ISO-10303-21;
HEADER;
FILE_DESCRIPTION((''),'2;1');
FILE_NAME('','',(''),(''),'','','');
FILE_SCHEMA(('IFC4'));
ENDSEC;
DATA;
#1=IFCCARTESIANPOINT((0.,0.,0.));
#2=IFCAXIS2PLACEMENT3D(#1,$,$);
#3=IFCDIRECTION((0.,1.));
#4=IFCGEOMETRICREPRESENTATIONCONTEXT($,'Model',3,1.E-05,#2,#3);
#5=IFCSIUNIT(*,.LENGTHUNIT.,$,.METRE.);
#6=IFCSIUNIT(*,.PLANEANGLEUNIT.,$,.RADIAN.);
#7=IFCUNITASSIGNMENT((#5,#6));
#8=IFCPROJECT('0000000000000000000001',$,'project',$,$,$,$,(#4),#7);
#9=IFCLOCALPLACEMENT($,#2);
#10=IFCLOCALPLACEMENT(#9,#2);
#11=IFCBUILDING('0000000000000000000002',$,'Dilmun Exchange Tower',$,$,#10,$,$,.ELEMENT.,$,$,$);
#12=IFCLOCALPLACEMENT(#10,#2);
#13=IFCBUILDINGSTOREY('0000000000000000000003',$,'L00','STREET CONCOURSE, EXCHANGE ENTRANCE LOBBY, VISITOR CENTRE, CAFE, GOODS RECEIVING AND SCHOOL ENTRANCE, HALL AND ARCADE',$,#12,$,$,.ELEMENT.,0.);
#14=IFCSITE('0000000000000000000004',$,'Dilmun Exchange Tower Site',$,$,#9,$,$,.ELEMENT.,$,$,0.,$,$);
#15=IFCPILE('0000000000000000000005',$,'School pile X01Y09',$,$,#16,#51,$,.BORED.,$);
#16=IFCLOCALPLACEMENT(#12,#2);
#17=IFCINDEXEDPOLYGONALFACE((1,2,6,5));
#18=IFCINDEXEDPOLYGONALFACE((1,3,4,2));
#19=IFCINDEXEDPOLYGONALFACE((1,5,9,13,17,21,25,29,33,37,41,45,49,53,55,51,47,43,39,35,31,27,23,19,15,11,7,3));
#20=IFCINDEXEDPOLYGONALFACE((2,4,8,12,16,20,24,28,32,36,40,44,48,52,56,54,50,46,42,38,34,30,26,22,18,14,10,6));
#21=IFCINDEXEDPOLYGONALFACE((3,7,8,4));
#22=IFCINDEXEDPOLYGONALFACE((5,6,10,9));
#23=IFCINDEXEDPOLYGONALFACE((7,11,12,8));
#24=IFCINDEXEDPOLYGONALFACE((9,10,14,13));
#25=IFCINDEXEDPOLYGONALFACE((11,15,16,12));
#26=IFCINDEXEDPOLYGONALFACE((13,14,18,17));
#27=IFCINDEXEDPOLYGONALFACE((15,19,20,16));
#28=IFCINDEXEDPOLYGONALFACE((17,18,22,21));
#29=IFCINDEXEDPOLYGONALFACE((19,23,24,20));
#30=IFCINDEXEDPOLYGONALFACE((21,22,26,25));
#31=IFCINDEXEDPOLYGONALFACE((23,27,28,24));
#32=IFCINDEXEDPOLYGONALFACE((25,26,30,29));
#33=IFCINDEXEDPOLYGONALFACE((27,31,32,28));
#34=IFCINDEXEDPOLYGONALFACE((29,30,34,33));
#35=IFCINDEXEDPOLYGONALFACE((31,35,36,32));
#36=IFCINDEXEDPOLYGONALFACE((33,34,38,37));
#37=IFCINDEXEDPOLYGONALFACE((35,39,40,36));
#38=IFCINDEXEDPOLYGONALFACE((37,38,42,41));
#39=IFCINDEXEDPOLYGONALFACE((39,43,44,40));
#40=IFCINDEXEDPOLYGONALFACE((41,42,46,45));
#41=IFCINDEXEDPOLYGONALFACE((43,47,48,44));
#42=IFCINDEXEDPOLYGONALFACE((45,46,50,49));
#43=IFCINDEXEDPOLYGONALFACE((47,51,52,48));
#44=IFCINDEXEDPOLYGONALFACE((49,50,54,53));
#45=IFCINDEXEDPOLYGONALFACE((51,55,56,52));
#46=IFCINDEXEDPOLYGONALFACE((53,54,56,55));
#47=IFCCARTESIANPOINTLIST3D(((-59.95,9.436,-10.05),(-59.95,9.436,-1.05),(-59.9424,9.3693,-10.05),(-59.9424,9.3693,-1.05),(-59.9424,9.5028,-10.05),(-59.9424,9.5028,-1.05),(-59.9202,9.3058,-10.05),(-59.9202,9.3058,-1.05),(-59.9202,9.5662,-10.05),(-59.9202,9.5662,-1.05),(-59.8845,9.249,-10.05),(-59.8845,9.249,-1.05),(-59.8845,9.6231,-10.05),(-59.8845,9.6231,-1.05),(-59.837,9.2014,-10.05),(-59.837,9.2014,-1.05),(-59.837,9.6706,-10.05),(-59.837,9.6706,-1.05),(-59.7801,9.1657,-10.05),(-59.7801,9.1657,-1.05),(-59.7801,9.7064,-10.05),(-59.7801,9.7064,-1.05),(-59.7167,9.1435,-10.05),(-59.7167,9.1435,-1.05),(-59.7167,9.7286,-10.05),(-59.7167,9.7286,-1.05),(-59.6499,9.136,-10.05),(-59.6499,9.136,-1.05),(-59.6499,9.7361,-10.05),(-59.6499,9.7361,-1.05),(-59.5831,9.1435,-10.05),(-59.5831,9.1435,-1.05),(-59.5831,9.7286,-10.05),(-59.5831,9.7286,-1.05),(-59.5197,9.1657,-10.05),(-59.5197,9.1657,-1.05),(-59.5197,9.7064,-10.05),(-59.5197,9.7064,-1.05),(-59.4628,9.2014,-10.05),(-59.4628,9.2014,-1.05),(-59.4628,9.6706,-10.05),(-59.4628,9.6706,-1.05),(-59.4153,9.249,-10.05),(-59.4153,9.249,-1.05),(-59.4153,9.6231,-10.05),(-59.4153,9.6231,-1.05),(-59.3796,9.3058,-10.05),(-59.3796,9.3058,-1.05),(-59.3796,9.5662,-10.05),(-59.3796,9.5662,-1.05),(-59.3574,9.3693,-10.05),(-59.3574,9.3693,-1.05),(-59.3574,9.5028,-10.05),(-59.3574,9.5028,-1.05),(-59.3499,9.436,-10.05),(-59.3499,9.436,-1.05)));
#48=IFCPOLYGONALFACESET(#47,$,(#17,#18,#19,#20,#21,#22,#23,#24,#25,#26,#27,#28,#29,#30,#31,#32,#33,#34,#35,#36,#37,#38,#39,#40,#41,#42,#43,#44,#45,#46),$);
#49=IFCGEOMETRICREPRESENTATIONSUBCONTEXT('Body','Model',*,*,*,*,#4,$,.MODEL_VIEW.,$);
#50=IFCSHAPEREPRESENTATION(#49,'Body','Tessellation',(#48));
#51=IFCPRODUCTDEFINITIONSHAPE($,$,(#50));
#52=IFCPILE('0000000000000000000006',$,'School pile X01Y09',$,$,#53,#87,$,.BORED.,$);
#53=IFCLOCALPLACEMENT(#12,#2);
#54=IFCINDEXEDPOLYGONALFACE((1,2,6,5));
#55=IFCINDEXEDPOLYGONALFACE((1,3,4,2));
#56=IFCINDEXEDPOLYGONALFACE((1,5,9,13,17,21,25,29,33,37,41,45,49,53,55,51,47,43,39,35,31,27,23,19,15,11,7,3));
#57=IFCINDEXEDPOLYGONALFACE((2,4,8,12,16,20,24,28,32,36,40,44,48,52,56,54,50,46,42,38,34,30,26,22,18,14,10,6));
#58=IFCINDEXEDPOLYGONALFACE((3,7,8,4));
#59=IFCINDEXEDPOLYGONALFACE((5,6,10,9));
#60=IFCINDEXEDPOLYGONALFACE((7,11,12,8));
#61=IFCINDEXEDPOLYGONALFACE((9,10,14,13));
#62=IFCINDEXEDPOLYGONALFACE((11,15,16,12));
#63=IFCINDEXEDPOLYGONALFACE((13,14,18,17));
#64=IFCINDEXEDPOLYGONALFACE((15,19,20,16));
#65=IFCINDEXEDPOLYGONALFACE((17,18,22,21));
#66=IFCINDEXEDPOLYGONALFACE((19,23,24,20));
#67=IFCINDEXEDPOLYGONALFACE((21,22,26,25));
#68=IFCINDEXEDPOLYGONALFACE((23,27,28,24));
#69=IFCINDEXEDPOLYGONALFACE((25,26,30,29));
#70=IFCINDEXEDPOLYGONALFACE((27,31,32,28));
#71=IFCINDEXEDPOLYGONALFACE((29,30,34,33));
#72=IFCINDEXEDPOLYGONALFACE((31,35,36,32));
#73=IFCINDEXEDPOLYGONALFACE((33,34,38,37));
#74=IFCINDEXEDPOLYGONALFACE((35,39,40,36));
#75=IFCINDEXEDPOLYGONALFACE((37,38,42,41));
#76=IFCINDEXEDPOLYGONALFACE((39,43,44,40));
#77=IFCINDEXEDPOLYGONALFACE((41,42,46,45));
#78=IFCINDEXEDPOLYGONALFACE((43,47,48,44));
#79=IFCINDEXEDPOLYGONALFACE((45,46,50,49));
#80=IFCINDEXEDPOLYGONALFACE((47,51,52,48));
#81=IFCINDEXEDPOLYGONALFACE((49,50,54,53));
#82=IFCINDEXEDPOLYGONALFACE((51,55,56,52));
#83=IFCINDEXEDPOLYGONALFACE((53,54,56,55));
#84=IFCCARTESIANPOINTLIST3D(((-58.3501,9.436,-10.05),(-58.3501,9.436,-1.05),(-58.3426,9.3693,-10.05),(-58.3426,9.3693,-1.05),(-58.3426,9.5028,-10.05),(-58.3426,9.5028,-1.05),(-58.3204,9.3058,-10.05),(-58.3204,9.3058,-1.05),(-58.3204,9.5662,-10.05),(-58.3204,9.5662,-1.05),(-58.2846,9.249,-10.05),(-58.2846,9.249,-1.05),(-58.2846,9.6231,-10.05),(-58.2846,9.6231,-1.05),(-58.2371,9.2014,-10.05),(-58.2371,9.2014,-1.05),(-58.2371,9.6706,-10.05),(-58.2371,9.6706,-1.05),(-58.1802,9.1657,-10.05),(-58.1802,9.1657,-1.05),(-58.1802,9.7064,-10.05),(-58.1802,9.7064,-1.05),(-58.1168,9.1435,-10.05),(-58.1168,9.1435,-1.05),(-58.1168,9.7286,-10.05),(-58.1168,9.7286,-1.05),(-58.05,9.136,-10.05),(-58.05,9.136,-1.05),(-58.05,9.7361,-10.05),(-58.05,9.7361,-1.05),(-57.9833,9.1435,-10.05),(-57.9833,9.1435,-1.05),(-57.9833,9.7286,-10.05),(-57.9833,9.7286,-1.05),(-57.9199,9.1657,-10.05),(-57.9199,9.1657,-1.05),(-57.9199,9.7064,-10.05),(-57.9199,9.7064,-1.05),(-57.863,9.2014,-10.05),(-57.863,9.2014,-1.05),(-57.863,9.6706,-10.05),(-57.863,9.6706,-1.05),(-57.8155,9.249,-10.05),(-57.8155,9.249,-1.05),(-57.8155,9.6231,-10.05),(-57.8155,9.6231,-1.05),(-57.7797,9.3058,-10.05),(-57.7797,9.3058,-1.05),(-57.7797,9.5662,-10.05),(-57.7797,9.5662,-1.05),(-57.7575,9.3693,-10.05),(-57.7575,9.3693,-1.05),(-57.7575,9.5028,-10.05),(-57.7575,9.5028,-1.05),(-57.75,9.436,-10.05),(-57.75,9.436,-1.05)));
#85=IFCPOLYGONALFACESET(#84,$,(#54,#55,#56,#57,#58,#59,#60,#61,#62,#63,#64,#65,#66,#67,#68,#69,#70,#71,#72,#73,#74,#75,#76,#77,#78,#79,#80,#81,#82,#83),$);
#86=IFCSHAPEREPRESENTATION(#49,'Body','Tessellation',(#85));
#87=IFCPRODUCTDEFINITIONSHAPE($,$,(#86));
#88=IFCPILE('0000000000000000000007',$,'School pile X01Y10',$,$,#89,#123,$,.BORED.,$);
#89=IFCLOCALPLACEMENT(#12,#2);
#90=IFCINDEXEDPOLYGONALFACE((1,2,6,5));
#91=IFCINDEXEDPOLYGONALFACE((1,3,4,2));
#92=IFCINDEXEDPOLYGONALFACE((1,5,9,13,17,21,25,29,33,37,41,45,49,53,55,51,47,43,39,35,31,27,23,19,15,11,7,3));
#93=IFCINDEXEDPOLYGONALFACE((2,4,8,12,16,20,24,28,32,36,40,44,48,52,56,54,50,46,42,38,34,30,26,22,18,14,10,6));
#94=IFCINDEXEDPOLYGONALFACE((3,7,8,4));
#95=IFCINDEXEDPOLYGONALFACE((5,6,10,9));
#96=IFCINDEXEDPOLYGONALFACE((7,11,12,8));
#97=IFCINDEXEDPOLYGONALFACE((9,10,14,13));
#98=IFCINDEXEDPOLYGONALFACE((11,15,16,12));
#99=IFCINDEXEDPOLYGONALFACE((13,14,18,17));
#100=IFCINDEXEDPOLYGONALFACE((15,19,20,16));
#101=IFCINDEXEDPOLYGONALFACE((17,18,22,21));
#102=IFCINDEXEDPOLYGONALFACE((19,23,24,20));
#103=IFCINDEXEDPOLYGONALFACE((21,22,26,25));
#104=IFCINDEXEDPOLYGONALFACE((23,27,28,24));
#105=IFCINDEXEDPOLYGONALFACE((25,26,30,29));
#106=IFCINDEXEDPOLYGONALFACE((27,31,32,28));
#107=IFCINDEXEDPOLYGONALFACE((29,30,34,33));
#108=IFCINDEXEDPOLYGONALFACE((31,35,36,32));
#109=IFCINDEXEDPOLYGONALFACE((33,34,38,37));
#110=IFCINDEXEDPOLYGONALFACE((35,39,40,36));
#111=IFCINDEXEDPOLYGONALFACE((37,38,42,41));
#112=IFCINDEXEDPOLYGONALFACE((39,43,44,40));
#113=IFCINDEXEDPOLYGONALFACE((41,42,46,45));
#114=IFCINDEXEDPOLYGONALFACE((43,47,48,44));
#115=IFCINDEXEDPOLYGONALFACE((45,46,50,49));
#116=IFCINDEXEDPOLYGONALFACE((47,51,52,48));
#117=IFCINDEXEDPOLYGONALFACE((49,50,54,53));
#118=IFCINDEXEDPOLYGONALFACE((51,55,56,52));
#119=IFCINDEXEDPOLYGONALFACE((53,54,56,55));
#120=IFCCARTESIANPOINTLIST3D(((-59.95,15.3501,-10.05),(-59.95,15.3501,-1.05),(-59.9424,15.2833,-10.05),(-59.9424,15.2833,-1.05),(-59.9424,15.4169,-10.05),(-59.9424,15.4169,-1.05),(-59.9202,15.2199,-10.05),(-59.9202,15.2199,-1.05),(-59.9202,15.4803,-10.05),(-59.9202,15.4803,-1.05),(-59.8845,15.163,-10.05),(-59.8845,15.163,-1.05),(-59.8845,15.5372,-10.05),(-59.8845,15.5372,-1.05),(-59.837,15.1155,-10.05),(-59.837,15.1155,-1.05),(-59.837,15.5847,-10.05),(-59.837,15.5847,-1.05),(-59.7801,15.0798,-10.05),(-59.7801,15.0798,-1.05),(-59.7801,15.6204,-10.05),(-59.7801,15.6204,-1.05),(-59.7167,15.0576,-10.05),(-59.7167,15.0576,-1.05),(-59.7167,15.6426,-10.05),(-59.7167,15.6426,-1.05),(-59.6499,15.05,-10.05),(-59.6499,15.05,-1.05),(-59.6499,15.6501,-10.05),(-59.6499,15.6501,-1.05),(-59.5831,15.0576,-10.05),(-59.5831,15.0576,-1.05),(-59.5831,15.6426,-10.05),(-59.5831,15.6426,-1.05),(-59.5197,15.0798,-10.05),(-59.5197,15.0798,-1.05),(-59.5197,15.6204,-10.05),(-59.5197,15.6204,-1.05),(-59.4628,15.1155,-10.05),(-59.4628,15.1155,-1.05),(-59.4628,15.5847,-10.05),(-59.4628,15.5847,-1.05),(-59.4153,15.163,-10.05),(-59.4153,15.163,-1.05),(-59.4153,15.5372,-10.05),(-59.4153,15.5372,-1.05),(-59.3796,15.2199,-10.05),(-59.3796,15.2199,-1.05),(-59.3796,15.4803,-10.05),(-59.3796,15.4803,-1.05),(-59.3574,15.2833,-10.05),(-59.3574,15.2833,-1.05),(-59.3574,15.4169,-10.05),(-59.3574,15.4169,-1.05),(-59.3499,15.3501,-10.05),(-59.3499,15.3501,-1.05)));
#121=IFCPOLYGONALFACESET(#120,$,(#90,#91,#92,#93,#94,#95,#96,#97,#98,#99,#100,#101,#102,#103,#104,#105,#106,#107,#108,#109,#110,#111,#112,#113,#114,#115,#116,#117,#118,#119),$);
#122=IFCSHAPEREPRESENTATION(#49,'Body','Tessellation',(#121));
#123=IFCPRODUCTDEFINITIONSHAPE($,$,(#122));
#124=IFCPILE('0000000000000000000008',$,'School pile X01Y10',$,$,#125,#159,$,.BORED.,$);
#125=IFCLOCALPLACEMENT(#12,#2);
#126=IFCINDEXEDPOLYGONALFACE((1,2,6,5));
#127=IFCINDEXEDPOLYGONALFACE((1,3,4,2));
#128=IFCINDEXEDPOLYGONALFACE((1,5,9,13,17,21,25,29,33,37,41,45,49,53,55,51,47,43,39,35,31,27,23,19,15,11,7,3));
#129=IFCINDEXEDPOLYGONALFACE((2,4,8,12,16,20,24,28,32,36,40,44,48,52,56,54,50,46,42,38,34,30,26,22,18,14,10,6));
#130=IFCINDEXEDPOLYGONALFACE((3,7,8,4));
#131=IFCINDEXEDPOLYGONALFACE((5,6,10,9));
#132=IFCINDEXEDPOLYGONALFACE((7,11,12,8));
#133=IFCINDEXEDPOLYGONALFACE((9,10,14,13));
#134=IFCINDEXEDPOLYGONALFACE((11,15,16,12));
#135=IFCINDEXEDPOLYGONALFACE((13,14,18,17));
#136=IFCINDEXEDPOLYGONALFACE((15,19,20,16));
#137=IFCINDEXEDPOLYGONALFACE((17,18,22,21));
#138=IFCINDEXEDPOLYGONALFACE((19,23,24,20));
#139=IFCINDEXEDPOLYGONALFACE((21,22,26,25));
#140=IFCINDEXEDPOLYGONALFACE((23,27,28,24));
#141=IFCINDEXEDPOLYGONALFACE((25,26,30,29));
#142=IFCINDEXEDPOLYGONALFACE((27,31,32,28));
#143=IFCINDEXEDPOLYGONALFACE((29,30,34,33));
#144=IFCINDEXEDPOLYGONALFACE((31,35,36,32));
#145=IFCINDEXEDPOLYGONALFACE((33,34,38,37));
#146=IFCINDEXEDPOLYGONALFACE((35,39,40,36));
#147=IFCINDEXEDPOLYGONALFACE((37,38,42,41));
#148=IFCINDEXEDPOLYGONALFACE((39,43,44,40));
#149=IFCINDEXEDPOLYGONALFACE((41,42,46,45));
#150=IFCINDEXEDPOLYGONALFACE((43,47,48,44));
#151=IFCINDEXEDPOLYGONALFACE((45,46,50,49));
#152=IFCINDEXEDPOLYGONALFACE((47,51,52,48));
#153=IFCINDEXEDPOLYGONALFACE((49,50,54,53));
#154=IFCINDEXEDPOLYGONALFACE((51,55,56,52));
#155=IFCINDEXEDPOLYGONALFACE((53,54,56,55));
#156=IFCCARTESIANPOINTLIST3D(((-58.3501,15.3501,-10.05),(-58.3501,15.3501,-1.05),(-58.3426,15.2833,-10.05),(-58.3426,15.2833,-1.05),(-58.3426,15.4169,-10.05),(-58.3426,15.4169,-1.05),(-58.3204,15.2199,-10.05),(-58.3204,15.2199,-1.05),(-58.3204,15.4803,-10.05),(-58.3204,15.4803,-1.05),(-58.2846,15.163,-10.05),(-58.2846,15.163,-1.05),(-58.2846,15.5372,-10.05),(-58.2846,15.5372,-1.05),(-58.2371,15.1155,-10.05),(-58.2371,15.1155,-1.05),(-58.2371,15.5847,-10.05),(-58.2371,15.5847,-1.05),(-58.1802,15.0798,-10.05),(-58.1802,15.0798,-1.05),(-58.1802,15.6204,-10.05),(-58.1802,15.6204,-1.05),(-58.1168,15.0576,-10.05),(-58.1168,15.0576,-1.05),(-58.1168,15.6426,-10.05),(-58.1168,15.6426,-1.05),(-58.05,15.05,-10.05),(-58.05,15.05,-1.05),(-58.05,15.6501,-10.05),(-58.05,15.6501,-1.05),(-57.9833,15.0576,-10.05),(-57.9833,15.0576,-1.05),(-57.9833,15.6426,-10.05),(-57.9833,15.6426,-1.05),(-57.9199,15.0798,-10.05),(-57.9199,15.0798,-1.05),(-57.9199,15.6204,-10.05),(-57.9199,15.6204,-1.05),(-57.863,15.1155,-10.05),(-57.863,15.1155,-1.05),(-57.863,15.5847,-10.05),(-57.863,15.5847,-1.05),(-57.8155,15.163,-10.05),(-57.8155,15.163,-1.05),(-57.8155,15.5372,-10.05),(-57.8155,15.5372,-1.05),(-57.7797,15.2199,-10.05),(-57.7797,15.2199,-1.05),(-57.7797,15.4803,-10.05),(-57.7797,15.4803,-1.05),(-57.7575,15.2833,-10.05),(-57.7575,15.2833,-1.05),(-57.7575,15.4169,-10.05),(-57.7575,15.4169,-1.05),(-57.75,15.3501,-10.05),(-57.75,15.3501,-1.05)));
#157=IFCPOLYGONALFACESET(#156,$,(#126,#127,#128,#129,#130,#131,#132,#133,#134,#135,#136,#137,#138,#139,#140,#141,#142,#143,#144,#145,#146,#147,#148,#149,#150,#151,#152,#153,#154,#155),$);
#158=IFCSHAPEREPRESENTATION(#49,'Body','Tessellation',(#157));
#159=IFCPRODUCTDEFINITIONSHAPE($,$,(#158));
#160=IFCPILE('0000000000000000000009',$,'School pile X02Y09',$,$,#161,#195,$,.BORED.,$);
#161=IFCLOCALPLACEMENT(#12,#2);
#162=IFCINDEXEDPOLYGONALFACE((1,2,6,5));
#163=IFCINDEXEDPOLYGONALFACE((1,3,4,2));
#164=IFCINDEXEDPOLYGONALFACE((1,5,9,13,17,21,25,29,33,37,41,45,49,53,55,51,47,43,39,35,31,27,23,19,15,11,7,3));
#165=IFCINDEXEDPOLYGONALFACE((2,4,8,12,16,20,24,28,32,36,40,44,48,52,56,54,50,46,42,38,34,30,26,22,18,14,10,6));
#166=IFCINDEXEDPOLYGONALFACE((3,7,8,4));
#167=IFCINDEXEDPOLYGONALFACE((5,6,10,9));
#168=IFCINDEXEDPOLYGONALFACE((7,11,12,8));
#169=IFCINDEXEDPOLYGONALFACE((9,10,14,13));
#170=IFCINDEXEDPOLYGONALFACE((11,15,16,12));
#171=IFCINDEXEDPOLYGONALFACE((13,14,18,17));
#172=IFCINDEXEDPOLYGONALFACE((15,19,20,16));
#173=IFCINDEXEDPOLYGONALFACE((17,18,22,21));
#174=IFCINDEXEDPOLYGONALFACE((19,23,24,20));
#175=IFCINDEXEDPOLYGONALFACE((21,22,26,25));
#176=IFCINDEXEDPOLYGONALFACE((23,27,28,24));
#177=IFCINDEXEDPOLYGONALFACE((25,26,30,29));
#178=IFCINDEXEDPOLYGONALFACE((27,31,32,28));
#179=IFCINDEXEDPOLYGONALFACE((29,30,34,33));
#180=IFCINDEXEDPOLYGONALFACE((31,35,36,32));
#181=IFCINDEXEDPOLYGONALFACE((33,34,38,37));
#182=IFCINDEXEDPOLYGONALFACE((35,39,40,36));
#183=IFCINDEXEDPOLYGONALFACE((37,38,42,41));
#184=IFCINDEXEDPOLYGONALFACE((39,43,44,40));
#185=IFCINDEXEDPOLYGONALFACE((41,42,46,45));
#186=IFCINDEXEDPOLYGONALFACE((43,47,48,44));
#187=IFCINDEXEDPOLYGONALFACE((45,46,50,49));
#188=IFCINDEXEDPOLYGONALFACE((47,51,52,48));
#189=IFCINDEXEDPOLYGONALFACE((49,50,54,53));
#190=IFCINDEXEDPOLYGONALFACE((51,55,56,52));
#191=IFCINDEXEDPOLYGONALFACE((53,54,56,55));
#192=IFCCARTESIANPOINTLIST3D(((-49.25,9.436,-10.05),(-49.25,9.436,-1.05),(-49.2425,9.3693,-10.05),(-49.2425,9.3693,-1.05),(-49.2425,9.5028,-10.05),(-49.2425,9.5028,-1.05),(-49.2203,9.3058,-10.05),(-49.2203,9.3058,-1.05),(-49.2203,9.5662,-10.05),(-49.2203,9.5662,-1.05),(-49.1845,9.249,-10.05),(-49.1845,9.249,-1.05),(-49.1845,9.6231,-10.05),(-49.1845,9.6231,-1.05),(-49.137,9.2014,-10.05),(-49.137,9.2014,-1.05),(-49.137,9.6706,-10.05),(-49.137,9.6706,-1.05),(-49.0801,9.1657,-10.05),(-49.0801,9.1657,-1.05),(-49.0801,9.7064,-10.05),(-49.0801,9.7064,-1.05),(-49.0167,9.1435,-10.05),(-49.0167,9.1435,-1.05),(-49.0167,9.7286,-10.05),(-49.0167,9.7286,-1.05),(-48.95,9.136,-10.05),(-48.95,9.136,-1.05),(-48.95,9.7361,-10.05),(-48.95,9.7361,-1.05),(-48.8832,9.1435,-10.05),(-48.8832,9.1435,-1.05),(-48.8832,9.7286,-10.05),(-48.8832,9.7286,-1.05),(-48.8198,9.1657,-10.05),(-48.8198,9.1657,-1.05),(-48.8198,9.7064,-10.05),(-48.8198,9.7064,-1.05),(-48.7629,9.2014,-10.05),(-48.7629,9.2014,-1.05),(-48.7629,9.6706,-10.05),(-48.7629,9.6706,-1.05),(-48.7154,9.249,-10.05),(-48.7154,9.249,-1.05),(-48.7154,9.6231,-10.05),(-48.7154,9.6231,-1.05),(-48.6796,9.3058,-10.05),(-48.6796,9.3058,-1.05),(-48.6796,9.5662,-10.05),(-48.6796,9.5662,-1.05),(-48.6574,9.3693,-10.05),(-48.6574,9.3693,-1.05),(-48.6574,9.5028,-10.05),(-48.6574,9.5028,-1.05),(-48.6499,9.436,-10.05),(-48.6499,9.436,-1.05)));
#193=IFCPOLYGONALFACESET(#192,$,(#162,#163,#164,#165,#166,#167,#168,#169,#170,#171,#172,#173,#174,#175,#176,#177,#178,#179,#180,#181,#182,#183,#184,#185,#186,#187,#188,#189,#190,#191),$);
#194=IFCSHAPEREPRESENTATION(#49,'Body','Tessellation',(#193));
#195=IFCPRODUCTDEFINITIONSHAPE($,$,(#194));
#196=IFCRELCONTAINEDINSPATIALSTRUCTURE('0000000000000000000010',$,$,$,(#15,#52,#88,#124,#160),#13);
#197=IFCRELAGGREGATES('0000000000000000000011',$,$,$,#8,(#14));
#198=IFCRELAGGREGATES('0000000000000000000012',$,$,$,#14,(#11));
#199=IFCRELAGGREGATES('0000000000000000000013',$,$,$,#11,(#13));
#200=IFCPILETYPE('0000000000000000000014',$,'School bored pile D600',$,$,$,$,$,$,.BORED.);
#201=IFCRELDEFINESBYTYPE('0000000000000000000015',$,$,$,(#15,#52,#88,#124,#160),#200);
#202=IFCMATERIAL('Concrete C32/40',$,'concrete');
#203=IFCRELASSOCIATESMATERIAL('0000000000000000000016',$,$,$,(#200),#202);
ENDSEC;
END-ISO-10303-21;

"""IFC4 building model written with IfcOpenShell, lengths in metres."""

from ifc_helpers import new_model, si_unit, direction, frame, origin, origin_2d, place, context, subcontext, project, spatial, circle, extrude, material, material_profile, profile_set, type_object, element, save


model = new_model("IFC4")

# Units and contexts
model_context = context("Model", 3, precision=1e-05, world=origin(), true_north=direction((0.0, 1.0)))
body_context = subcontext(model_context, "Body", "Model", "MODEL_VIEW")
ifc_project = project(units=[si_unit("LENGTHUNIT", "METRE"), si_unit("PLANEANGLEUNIT", "RADIAN")], contexts=[model_context])

# Site, building, storey
site_placement = place(None, origin())
site = spatial("IfcSite", under=ifc_project, at=site_placement, Name="Dilmun Exchange Tower Site", CompositionType="ELEMENT", RefElevation=0.0)
building_placement = place(site_placement, origin())
building = spatial("IfcBuilding", under=site, at=building_placement, Name="Dilmun Exchange Tower", CompositionType="ELEMENT")
storey_placement = place(building_placement, origin())
storey = spatial("IfcBuildingStorey", under=building, at=storey_placement, Name="L00", Description="STREET CONCOURSE, EXCHANGE ENTRANCE LOBBY, VISITOR CENTRE, CAFE, GOODS RECEIVING AND SCHOOL ENTRANCE, HALL AND ARCADE", CompositionType="ELEMENT", Elevation=0.0)

# Piles
ifc_material_1 = material(Name="Concrete C32/40", Category="concrete")
ifc_material_profile_1 = material_profile(ifc_material_1, circle(Radius=0.3, at=origin_2d()), Name="D600")
ifc_profile_set_1 = profile_set([ifc_material_profile_1], Name="Concrete C32/40")
pile_type = type_object("IfcPileType", Name="School bored pile D600", PredefinedType="BORED", material=ifc_profile_set_1)
for number, where, z_axis, x_axis, name in (
    (1, (-59.6499, 9.436, -1.05), (0.0, 0.0, -1.0), (1.0, 0.0, 0.0), "School pile X01Y09"),
    (2, (-58.05, 9.436, -1.05), (0.0, 0.0, -1.0), (1.0, 0.0, 0.0), "School pile X01Y09"),
    (3, (-59.6499, 15.3501, -1.05), (0.0, 0.0, -1.0), (1.0, 0.0, 0.0), "School pile X01Y10"),
    (4, (-58.05, 15.3501, -1.05), (0.0, 0.0, -1.0), (1.0, 0.0, 0.0), "School pile X01Y10"),
    (5, (-48.95, 9.436, -1.05), (0.0, 0.0, -1.0), (1.0, 0.0, 0.0), "School pile X02Y09"),
):
    element("IfcPile", number, at=place(storey_placement, frame(where, z_axis=z_axis, x_axis=x_axis)), inside=storey, type_object=pile_type, Name=name, PredefinedType="BORED", context=body_context, shape_type="SweptSolid", body=[
        extrude(circle(Radius=0.3, at=origin_2d()), origin(), (0.0, 0.0, 1.0), 9.0),
    ])

save(model, "model.ifc")
